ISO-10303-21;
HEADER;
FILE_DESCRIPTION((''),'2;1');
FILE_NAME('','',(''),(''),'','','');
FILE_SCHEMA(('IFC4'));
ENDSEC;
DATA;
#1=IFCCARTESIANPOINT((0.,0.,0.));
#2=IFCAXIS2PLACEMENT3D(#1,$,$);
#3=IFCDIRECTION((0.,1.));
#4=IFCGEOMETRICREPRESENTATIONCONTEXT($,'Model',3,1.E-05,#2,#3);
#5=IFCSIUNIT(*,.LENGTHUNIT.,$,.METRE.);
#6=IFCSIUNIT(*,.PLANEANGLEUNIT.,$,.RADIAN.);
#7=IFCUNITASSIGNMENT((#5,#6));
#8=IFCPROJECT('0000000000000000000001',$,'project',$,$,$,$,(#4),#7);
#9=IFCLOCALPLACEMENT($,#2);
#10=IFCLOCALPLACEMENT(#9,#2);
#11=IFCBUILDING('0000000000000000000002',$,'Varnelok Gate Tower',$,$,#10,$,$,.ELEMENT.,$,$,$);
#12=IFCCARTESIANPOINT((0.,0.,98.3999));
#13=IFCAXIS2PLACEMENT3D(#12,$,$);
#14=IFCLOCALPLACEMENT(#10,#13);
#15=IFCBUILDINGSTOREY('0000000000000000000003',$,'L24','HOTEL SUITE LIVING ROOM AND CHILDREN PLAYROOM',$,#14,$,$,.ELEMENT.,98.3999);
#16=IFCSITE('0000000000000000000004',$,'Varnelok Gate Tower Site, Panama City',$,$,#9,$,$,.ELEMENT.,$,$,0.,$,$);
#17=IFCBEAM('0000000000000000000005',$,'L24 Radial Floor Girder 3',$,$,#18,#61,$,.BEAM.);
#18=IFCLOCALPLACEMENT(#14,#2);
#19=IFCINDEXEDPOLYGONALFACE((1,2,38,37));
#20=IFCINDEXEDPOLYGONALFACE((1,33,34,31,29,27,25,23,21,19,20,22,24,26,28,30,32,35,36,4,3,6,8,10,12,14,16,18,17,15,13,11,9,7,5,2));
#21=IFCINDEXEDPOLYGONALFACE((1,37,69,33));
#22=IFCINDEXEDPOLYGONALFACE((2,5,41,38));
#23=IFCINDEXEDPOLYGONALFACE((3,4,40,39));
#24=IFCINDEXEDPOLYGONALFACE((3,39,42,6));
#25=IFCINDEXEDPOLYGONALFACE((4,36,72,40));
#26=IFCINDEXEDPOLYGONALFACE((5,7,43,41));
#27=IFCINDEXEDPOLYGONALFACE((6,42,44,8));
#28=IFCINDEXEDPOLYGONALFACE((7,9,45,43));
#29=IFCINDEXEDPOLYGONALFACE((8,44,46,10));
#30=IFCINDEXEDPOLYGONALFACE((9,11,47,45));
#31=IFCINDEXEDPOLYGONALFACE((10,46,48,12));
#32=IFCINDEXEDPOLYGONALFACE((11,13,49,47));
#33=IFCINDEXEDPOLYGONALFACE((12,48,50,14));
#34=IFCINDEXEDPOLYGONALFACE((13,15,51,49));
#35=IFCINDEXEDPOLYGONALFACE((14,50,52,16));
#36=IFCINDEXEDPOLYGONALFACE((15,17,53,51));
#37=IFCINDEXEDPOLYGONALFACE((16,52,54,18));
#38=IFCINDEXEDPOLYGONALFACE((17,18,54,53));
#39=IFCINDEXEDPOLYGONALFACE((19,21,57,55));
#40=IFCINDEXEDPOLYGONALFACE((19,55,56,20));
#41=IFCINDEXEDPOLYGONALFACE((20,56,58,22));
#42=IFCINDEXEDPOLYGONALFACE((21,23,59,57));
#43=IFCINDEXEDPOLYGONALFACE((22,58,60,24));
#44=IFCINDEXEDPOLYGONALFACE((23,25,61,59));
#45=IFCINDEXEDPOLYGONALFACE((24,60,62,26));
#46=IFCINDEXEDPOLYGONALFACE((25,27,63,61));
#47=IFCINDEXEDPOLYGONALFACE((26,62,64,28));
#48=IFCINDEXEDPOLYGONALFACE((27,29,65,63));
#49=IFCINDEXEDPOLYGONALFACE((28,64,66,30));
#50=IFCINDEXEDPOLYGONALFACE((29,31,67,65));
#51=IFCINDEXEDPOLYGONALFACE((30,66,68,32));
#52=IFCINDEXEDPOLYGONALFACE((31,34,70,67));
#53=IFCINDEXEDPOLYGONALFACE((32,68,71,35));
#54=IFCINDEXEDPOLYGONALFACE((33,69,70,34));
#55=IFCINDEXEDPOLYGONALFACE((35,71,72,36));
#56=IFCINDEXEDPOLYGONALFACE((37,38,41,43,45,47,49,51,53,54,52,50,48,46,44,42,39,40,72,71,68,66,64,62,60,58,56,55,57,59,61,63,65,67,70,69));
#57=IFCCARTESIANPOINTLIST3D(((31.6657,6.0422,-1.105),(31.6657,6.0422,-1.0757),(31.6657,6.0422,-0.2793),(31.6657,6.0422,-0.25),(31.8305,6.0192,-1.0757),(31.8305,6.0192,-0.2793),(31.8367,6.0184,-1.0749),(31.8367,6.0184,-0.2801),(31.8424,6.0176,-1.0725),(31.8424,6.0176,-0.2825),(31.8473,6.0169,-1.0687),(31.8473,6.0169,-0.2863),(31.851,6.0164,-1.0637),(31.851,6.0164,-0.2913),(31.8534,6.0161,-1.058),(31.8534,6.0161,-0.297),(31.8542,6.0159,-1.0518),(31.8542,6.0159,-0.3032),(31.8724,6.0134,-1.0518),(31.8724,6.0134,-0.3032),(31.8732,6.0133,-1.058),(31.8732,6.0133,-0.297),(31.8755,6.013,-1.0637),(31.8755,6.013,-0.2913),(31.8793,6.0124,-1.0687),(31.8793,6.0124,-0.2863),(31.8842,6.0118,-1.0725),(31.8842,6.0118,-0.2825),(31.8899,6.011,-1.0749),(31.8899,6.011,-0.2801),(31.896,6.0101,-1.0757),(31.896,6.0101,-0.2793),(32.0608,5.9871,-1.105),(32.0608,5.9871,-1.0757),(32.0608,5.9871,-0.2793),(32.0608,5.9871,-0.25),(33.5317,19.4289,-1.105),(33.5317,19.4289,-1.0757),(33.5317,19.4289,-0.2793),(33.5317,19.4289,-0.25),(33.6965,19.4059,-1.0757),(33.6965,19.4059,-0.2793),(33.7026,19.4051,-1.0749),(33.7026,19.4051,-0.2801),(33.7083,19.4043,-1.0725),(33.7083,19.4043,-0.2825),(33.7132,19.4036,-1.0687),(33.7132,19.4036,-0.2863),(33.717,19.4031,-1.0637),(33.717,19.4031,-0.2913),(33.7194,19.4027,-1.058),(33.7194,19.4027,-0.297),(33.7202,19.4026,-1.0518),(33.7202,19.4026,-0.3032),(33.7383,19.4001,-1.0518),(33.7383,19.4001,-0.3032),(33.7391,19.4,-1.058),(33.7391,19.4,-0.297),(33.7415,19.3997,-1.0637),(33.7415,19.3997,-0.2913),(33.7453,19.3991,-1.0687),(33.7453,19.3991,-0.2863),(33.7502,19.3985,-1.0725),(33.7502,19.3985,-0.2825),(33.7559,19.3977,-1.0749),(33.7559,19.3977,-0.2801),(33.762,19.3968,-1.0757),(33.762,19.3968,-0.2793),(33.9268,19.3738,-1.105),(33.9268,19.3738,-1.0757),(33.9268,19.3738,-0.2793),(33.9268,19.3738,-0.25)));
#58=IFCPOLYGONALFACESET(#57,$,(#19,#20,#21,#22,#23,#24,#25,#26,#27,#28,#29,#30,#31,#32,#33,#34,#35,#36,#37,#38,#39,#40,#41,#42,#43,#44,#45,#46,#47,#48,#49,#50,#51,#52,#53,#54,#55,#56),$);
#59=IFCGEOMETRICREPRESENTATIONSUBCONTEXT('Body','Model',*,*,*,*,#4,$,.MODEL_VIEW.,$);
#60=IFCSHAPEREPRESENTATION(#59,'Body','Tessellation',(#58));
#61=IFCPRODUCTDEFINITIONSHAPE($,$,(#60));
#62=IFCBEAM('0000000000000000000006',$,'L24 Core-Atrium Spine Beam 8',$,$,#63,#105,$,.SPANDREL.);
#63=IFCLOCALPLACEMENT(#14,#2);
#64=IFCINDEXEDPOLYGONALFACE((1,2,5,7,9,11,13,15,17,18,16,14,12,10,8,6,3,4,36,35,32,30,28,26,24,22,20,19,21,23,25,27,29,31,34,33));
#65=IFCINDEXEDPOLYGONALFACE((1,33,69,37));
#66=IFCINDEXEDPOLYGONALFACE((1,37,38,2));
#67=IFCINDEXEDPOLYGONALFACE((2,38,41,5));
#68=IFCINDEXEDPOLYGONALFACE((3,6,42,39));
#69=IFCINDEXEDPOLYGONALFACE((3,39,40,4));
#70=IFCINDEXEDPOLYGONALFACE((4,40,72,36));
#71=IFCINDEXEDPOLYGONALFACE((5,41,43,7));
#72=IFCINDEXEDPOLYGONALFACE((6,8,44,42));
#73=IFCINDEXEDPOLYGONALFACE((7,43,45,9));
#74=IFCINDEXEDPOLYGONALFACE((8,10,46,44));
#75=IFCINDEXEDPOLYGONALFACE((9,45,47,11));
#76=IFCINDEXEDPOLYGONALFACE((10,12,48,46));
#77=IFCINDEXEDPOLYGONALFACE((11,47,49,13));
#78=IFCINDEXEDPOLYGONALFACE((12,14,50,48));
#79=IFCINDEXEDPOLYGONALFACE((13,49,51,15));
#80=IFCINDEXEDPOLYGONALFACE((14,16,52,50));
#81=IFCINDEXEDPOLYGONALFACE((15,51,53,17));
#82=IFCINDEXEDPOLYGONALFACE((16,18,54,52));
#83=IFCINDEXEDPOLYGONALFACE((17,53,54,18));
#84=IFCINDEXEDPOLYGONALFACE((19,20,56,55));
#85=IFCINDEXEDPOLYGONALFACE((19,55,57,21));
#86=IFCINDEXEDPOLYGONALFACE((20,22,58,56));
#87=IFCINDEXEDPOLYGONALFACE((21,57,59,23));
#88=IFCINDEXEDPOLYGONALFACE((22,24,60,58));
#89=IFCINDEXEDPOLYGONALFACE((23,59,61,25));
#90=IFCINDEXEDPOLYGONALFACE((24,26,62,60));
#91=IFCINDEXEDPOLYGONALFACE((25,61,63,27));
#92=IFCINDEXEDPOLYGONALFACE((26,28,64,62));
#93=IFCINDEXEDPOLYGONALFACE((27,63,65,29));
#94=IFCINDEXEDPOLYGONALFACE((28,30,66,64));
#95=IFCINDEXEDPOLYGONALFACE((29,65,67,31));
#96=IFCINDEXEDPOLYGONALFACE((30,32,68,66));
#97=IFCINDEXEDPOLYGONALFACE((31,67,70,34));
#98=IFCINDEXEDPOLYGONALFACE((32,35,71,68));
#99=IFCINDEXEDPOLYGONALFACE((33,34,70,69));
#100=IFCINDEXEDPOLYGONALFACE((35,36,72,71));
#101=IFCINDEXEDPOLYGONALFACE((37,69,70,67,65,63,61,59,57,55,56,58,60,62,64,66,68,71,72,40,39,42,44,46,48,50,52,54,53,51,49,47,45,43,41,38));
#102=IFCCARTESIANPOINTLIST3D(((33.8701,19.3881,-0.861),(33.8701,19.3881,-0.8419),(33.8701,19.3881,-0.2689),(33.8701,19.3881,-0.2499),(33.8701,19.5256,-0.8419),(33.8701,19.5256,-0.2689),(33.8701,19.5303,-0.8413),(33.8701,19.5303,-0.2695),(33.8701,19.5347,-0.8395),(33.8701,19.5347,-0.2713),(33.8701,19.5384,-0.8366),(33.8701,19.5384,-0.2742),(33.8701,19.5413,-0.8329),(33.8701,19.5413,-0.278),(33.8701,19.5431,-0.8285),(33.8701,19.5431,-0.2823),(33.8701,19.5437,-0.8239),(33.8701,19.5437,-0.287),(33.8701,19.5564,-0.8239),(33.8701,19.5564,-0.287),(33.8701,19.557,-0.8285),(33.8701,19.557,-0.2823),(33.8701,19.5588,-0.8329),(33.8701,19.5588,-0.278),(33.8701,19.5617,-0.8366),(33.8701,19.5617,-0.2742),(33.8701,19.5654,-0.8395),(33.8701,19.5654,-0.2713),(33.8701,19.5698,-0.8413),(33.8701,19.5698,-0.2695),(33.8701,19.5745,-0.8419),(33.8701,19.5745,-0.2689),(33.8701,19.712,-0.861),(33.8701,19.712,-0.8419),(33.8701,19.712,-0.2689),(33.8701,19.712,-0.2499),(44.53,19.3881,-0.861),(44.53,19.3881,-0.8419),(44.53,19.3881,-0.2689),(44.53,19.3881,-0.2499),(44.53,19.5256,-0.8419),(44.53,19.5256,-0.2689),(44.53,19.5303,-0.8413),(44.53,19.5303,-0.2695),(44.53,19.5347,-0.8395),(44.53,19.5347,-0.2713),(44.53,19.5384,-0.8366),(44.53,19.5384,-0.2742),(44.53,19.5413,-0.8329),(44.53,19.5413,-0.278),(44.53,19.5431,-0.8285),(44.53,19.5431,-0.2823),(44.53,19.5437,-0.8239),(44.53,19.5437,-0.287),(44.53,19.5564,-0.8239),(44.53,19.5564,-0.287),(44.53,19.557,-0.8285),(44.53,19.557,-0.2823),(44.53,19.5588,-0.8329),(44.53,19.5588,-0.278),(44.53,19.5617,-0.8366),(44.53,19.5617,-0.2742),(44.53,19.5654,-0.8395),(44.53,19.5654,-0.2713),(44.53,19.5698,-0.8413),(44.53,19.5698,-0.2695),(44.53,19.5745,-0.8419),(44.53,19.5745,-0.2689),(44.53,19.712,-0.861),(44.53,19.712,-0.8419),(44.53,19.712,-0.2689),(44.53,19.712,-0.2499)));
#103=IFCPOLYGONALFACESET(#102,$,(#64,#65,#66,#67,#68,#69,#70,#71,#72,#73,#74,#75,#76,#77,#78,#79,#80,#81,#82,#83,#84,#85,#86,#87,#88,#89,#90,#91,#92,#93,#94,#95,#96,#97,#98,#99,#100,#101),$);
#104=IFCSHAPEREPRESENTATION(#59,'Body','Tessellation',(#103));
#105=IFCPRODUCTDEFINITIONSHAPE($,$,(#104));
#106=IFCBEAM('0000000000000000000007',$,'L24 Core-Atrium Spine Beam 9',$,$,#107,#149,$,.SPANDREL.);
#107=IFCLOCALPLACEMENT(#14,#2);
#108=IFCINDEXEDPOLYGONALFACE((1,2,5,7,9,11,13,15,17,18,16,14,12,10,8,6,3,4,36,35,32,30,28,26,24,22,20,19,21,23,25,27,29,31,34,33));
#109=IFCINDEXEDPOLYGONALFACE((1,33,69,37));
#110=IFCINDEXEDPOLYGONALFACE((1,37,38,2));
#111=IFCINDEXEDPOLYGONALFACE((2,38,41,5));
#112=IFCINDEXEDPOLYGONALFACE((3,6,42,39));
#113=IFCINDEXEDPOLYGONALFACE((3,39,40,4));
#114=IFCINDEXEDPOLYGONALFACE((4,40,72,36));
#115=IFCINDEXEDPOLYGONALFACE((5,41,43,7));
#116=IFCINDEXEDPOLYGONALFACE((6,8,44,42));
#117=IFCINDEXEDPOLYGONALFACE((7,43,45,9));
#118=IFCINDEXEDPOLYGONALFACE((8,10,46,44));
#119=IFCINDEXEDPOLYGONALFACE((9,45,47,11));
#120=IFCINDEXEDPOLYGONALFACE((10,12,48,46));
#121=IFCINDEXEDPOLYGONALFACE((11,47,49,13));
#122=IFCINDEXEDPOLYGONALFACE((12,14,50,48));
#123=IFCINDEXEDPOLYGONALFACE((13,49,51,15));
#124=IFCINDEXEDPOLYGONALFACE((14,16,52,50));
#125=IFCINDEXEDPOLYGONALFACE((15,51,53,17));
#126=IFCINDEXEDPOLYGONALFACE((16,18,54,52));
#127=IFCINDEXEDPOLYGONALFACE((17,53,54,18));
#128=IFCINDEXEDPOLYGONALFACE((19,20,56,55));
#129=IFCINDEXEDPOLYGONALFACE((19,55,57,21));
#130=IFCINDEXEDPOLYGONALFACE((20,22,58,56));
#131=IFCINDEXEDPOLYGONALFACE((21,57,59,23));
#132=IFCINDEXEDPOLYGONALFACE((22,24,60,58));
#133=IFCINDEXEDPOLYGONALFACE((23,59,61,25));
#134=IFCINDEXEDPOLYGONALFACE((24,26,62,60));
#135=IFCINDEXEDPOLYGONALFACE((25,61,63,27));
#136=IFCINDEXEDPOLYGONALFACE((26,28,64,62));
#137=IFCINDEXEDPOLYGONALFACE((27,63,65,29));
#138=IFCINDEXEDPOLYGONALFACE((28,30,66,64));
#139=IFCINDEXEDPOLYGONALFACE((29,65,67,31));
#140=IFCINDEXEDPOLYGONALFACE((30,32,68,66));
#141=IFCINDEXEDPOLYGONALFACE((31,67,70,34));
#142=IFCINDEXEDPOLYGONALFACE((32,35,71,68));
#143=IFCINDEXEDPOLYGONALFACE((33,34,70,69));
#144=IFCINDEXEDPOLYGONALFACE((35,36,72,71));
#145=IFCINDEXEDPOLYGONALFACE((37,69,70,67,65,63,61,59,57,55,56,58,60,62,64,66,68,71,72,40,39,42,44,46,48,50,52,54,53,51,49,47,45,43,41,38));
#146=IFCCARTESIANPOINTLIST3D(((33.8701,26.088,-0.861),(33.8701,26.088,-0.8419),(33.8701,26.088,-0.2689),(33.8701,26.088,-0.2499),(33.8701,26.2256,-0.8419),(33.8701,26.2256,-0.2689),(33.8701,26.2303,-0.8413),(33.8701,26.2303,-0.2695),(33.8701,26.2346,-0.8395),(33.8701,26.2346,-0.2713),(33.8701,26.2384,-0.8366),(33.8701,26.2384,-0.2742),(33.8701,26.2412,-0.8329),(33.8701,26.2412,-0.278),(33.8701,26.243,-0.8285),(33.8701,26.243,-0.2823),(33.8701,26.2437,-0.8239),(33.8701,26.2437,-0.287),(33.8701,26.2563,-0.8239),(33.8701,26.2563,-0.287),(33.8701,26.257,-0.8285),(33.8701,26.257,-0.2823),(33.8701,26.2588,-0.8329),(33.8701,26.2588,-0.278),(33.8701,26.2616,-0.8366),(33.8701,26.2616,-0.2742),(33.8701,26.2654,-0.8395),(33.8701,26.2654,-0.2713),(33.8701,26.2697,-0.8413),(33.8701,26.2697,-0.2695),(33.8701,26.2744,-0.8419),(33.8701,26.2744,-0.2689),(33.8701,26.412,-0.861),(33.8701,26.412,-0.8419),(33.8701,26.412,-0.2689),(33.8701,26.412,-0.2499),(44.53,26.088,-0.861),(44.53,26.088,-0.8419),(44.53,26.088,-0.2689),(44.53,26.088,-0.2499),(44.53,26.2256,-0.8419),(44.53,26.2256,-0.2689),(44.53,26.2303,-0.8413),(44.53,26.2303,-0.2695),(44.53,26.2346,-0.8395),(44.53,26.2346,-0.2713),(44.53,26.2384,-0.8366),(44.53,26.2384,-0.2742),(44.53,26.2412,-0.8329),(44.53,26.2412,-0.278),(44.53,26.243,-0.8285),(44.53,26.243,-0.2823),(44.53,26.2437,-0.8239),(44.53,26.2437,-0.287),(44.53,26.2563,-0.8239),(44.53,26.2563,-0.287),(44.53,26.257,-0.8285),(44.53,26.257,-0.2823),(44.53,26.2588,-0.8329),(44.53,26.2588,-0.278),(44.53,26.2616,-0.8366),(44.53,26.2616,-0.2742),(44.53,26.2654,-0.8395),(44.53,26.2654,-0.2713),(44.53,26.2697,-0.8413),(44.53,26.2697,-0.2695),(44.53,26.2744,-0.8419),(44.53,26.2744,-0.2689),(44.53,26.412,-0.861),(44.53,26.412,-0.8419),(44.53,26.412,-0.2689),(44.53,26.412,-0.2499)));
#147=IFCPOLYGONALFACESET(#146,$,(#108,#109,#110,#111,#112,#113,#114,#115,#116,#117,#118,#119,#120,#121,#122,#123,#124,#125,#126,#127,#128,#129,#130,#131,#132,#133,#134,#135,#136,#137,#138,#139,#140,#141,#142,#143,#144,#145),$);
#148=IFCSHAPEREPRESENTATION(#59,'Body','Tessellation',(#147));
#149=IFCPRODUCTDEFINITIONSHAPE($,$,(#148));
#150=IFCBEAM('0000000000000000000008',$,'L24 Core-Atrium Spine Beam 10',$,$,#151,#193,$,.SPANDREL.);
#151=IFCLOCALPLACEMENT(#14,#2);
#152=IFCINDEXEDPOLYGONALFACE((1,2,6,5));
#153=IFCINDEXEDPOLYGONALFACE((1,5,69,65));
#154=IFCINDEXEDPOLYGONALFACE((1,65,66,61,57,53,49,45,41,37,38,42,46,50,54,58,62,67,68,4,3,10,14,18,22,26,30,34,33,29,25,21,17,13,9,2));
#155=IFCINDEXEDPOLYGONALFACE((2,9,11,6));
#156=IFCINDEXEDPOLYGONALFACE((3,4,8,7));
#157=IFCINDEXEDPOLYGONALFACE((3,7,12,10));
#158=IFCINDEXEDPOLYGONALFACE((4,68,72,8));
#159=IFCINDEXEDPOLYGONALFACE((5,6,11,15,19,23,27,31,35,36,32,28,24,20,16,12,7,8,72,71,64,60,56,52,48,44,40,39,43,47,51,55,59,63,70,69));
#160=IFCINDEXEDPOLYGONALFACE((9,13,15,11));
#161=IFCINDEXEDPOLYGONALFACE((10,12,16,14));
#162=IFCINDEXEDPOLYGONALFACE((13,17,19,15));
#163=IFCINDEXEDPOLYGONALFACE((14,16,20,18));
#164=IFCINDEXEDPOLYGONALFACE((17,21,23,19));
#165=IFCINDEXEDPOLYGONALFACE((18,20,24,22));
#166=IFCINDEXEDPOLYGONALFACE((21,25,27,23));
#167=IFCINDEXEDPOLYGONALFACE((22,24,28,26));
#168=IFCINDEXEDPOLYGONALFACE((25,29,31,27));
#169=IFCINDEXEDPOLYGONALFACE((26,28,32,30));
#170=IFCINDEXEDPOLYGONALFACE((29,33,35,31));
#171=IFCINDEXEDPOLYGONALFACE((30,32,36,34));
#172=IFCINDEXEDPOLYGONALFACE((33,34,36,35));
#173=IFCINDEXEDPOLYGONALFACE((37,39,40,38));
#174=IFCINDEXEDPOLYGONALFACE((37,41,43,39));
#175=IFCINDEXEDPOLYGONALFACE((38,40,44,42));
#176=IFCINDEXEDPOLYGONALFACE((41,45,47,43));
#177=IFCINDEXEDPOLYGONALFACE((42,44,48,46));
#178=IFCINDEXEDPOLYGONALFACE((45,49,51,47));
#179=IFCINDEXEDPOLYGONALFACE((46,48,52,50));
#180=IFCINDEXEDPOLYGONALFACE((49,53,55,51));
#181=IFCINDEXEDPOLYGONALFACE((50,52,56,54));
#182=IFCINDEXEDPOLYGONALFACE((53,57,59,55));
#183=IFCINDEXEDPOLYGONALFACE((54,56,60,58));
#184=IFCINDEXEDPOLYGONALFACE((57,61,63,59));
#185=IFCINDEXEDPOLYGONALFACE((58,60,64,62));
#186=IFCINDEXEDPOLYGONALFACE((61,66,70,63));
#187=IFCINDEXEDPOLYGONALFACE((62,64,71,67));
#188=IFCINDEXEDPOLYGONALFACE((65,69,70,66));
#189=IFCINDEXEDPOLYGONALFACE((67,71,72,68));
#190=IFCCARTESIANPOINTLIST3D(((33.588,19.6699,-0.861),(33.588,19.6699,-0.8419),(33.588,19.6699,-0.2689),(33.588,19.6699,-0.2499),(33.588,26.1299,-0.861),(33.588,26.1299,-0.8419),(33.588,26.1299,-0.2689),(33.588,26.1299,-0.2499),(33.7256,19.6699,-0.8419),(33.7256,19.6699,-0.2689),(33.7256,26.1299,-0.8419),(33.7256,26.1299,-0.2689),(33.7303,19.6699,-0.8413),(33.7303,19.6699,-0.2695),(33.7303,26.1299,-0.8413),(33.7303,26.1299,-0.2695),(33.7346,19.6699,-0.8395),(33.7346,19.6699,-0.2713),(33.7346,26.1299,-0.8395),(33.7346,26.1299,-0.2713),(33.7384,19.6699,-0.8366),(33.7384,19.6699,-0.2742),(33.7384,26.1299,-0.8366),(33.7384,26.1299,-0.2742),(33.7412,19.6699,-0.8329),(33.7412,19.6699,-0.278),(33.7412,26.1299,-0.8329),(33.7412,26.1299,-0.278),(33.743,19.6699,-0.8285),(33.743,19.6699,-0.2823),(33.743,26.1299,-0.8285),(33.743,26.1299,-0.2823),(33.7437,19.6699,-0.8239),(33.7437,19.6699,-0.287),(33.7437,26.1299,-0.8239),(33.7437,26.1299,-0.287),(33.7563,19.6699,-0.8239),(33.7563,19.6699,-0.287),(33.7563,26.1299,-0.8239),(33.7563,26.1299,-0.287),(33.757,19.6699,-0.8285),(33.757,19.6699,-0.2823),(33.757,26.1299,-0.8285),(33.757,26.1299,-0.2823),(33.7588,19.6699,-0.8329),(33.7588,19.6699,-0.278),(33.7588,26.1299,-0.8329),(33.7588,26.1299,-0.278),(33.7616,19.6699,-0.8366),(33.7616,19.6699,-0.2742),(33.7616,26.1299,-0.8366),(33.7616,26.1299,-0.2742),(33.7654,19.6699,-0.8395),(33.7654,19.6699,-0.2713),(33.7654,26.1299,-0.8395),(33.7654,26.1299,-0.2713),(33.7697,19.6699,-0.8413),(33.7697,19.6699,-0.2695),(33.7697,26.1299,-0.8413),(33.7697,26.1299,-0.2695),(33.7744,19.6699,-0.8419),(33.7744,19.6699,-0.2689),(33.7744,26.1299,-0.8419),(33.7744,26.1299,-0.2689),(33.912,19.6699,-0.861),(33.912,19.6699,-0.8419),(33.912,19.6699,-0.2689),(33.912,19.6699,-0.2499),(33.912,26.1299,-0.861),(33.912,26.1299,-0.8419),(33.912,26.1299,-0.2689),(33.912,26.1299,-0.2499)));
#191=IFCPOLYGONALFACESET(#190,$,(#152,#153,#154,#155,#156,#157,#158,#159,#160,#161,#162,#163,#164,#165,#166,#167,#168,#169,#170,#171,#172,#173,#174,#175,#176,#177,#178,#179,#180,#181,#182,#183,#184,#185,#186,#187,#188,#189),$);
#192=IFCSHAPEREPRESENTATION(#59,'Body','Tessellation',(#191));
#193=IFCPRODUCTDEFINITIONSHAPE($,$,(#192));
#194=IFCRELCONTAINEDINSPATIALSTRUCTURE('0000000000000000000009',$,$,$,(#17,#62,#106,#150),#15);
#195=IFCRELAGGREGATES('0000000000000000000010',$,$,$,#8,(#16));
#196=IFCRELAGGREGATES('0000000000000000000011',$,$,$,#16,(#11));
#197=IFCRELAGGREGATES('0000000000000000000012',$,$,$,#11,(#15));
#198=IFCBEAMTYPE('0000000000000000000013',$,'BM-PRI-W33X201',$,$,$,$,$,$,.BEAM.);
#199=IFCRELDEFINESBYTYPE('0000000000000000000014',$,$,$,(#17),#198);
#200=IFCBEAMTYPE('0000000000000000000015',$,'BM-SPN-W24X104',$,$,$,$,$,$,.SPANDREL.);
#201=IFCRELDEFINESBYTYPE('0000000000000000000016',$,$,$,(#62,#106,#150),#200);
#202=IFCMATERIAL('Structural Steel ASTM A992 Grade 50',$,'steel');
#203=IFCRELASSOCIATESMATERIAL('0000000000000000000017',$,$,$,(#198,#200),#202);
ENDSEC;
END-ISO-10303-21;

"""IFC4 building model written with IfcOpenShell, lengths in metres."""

from ifc_helpers import new_model, si_unit, direction, frame, origin, origin_2d, place, context, subcontext, project, spatial, i_section, extrude, material, material_profile, profile_set, type_object, element, save


model = new_model("IFC4")

# Units and contexts
model_context = context("Model", 3, precision=1e-05, world=origin(), true_north=direction((0.0, 1.0)))
body_context = subcontext(model_context, "Body", "Model", "MODEL_VIEW")
ifc_project = project(units=[si_unit("LENGTHUNIT", "METRE"), si_unit("PLANEANGLEUNIT", "RADIAN")], contexts=[model_context])

# Site, building, storey
site_placement = place(None, origin())
site = spatial("IfcSite", under=ifc_project, at=site_placement, Name="Varnelok Gate Tower Site, Panama City", CompositionType="ELEMENT", RefElevation=0.0)
building_placement = place(site_placement, origin())
building = spatial("IfcBuilding", under=site, at=building_placement, Name="Varnelok Gate Tower", CompositionType="ELEMENT")
storey_placement = place(building_placement, frame((0.0, 0.0, 98.3999)))
storey = spatial("IfcBuildingStorey", under=building, at=storey_placement, Name="L24", Description="HOTEL SUITE LIVING ROOM AND CHILDREN PLAYROOM", CompositionType="ELEMENT", Elevation=98.3999)

# Shared definitions
ifc_material_1 = material(Name="Structural Steel ASTM A992 Grade 50", Category="steel")

# Beams
ifc_material_profile_1 = material_profile(ifc_material_1, i_section(OverallWidth=0.3989, OverallDepth=0.855, WebThickness=0.0183, FlangeThickness=0.0293, FilletRadius=0.0239, at=origin_2d()), Name="W33X201")
ifc_profile_set_1 = profile_set([ifc_material_profile_1], Name="Structural Steel ASTM A992 Grade 50")
beam_type_1 = type_object("IfcBeamType", Name="BM-PRI-W33X201", PredefinedType="BEAM", material=ifc_profile_set_1)
beam_1_placement = place(storey_placement, frame((33.7292, 19.4014, -0.6775), z_axis=(-0.138055, -0.990425, 0.0), x_axis=(0.990425, -0.138055, 0.0)))
element("IfcBeam", 1, at=beam_1_placement, inside=storey, type_object=beam_type_1, Name="L24 Radial Floor Girder 3", PredefinedType="BEAM", context=body_context, shape_type="SweptSolid", body=[
    extrude(i_section(OverallWidth=0.3989, OverallDepth=0.855, WebThickness=0.0183, FlangeThickness=0.0293, FilletRadius=0.0239, at=origin_2d()), origin(), (0.0, 0.0, 1.0), 13.5161),
])
ifc_material_profile_2 = material_profile(ifc_material_1, i_section(OverallWidth=0.324, OverallDepth=0.6111, WebThickness=0.0127, FlangeThickness=0.019, FilletRadius=0.0181, at=origin_2d()), Name="W24X104")
ifc_profile_set_2 = profile_set([ifc_material_profile_2], Name="Structural Steel ASTM A992 Grade 50")
beam_type_2 = type_object("IfcBeamType", Name="BM-SPN-W24X104", PredefinedType="SPANDREL", material=ifc_profile_set_2)
for number, where, z_axis, x_axis, name in (
    (2, (33.8701, 19.55, -0.5554), (1.0, 0.0, 0.0), (0.0, 1.0, 0.0), "L24 Core-Atrium Spine Beam 8"),
    (3, (33.8701, 26.25, -0.5554), (1.0, 0.0, 0.0), (0.0, 1.0, 0.0), "L24 Core-Atrium Spine Beam 9"),
):
    element("IfcBeam", number, at=place(storey_placement, frame(where, z_axis=z_axis, x_axis=x_axis)), inside=storey, type_object=beam_type_2, Name=name, PredefinedType="SPANDREL", context=body_context, shape_type="SweptSolid", body=[
        extrude(i_section(OverallWidth=0.324, OverallDepth=0.6111, WebThickness=0.0127, FlangeThickness=0.019, FilletRadius=0.0181, at=origin_2d()), origin(), (0.0, 0.0, 1.0), 10.6599),
    ])
beam_2_placement = place(storey_placement, frame((33.75, 19.6699, -0.5554), z_axis=(0.0, 1.0, 0.0), x_axis=(-1.0, 0.0, 0.0)))
element("IfcBeam", 4, at=beam_2_placement, inside=storey, type_object=beam_type_2, Name="L24 Core-Atrium Spine Beam 10", PredefinedType="SPANDREL", context=body_context, shape_type="SweptSolid", body=[
    extrude(i_section(OverallWidth=0.324, OverallDepth=0.6111, WebThickness=0.0127, FlangeThickness=0.019, FilletRadius=0.0181, at=origin_2d()), origin(), (0.0, 0.0, 1.0), 6.46),
])

save(model, "model.ifc")
